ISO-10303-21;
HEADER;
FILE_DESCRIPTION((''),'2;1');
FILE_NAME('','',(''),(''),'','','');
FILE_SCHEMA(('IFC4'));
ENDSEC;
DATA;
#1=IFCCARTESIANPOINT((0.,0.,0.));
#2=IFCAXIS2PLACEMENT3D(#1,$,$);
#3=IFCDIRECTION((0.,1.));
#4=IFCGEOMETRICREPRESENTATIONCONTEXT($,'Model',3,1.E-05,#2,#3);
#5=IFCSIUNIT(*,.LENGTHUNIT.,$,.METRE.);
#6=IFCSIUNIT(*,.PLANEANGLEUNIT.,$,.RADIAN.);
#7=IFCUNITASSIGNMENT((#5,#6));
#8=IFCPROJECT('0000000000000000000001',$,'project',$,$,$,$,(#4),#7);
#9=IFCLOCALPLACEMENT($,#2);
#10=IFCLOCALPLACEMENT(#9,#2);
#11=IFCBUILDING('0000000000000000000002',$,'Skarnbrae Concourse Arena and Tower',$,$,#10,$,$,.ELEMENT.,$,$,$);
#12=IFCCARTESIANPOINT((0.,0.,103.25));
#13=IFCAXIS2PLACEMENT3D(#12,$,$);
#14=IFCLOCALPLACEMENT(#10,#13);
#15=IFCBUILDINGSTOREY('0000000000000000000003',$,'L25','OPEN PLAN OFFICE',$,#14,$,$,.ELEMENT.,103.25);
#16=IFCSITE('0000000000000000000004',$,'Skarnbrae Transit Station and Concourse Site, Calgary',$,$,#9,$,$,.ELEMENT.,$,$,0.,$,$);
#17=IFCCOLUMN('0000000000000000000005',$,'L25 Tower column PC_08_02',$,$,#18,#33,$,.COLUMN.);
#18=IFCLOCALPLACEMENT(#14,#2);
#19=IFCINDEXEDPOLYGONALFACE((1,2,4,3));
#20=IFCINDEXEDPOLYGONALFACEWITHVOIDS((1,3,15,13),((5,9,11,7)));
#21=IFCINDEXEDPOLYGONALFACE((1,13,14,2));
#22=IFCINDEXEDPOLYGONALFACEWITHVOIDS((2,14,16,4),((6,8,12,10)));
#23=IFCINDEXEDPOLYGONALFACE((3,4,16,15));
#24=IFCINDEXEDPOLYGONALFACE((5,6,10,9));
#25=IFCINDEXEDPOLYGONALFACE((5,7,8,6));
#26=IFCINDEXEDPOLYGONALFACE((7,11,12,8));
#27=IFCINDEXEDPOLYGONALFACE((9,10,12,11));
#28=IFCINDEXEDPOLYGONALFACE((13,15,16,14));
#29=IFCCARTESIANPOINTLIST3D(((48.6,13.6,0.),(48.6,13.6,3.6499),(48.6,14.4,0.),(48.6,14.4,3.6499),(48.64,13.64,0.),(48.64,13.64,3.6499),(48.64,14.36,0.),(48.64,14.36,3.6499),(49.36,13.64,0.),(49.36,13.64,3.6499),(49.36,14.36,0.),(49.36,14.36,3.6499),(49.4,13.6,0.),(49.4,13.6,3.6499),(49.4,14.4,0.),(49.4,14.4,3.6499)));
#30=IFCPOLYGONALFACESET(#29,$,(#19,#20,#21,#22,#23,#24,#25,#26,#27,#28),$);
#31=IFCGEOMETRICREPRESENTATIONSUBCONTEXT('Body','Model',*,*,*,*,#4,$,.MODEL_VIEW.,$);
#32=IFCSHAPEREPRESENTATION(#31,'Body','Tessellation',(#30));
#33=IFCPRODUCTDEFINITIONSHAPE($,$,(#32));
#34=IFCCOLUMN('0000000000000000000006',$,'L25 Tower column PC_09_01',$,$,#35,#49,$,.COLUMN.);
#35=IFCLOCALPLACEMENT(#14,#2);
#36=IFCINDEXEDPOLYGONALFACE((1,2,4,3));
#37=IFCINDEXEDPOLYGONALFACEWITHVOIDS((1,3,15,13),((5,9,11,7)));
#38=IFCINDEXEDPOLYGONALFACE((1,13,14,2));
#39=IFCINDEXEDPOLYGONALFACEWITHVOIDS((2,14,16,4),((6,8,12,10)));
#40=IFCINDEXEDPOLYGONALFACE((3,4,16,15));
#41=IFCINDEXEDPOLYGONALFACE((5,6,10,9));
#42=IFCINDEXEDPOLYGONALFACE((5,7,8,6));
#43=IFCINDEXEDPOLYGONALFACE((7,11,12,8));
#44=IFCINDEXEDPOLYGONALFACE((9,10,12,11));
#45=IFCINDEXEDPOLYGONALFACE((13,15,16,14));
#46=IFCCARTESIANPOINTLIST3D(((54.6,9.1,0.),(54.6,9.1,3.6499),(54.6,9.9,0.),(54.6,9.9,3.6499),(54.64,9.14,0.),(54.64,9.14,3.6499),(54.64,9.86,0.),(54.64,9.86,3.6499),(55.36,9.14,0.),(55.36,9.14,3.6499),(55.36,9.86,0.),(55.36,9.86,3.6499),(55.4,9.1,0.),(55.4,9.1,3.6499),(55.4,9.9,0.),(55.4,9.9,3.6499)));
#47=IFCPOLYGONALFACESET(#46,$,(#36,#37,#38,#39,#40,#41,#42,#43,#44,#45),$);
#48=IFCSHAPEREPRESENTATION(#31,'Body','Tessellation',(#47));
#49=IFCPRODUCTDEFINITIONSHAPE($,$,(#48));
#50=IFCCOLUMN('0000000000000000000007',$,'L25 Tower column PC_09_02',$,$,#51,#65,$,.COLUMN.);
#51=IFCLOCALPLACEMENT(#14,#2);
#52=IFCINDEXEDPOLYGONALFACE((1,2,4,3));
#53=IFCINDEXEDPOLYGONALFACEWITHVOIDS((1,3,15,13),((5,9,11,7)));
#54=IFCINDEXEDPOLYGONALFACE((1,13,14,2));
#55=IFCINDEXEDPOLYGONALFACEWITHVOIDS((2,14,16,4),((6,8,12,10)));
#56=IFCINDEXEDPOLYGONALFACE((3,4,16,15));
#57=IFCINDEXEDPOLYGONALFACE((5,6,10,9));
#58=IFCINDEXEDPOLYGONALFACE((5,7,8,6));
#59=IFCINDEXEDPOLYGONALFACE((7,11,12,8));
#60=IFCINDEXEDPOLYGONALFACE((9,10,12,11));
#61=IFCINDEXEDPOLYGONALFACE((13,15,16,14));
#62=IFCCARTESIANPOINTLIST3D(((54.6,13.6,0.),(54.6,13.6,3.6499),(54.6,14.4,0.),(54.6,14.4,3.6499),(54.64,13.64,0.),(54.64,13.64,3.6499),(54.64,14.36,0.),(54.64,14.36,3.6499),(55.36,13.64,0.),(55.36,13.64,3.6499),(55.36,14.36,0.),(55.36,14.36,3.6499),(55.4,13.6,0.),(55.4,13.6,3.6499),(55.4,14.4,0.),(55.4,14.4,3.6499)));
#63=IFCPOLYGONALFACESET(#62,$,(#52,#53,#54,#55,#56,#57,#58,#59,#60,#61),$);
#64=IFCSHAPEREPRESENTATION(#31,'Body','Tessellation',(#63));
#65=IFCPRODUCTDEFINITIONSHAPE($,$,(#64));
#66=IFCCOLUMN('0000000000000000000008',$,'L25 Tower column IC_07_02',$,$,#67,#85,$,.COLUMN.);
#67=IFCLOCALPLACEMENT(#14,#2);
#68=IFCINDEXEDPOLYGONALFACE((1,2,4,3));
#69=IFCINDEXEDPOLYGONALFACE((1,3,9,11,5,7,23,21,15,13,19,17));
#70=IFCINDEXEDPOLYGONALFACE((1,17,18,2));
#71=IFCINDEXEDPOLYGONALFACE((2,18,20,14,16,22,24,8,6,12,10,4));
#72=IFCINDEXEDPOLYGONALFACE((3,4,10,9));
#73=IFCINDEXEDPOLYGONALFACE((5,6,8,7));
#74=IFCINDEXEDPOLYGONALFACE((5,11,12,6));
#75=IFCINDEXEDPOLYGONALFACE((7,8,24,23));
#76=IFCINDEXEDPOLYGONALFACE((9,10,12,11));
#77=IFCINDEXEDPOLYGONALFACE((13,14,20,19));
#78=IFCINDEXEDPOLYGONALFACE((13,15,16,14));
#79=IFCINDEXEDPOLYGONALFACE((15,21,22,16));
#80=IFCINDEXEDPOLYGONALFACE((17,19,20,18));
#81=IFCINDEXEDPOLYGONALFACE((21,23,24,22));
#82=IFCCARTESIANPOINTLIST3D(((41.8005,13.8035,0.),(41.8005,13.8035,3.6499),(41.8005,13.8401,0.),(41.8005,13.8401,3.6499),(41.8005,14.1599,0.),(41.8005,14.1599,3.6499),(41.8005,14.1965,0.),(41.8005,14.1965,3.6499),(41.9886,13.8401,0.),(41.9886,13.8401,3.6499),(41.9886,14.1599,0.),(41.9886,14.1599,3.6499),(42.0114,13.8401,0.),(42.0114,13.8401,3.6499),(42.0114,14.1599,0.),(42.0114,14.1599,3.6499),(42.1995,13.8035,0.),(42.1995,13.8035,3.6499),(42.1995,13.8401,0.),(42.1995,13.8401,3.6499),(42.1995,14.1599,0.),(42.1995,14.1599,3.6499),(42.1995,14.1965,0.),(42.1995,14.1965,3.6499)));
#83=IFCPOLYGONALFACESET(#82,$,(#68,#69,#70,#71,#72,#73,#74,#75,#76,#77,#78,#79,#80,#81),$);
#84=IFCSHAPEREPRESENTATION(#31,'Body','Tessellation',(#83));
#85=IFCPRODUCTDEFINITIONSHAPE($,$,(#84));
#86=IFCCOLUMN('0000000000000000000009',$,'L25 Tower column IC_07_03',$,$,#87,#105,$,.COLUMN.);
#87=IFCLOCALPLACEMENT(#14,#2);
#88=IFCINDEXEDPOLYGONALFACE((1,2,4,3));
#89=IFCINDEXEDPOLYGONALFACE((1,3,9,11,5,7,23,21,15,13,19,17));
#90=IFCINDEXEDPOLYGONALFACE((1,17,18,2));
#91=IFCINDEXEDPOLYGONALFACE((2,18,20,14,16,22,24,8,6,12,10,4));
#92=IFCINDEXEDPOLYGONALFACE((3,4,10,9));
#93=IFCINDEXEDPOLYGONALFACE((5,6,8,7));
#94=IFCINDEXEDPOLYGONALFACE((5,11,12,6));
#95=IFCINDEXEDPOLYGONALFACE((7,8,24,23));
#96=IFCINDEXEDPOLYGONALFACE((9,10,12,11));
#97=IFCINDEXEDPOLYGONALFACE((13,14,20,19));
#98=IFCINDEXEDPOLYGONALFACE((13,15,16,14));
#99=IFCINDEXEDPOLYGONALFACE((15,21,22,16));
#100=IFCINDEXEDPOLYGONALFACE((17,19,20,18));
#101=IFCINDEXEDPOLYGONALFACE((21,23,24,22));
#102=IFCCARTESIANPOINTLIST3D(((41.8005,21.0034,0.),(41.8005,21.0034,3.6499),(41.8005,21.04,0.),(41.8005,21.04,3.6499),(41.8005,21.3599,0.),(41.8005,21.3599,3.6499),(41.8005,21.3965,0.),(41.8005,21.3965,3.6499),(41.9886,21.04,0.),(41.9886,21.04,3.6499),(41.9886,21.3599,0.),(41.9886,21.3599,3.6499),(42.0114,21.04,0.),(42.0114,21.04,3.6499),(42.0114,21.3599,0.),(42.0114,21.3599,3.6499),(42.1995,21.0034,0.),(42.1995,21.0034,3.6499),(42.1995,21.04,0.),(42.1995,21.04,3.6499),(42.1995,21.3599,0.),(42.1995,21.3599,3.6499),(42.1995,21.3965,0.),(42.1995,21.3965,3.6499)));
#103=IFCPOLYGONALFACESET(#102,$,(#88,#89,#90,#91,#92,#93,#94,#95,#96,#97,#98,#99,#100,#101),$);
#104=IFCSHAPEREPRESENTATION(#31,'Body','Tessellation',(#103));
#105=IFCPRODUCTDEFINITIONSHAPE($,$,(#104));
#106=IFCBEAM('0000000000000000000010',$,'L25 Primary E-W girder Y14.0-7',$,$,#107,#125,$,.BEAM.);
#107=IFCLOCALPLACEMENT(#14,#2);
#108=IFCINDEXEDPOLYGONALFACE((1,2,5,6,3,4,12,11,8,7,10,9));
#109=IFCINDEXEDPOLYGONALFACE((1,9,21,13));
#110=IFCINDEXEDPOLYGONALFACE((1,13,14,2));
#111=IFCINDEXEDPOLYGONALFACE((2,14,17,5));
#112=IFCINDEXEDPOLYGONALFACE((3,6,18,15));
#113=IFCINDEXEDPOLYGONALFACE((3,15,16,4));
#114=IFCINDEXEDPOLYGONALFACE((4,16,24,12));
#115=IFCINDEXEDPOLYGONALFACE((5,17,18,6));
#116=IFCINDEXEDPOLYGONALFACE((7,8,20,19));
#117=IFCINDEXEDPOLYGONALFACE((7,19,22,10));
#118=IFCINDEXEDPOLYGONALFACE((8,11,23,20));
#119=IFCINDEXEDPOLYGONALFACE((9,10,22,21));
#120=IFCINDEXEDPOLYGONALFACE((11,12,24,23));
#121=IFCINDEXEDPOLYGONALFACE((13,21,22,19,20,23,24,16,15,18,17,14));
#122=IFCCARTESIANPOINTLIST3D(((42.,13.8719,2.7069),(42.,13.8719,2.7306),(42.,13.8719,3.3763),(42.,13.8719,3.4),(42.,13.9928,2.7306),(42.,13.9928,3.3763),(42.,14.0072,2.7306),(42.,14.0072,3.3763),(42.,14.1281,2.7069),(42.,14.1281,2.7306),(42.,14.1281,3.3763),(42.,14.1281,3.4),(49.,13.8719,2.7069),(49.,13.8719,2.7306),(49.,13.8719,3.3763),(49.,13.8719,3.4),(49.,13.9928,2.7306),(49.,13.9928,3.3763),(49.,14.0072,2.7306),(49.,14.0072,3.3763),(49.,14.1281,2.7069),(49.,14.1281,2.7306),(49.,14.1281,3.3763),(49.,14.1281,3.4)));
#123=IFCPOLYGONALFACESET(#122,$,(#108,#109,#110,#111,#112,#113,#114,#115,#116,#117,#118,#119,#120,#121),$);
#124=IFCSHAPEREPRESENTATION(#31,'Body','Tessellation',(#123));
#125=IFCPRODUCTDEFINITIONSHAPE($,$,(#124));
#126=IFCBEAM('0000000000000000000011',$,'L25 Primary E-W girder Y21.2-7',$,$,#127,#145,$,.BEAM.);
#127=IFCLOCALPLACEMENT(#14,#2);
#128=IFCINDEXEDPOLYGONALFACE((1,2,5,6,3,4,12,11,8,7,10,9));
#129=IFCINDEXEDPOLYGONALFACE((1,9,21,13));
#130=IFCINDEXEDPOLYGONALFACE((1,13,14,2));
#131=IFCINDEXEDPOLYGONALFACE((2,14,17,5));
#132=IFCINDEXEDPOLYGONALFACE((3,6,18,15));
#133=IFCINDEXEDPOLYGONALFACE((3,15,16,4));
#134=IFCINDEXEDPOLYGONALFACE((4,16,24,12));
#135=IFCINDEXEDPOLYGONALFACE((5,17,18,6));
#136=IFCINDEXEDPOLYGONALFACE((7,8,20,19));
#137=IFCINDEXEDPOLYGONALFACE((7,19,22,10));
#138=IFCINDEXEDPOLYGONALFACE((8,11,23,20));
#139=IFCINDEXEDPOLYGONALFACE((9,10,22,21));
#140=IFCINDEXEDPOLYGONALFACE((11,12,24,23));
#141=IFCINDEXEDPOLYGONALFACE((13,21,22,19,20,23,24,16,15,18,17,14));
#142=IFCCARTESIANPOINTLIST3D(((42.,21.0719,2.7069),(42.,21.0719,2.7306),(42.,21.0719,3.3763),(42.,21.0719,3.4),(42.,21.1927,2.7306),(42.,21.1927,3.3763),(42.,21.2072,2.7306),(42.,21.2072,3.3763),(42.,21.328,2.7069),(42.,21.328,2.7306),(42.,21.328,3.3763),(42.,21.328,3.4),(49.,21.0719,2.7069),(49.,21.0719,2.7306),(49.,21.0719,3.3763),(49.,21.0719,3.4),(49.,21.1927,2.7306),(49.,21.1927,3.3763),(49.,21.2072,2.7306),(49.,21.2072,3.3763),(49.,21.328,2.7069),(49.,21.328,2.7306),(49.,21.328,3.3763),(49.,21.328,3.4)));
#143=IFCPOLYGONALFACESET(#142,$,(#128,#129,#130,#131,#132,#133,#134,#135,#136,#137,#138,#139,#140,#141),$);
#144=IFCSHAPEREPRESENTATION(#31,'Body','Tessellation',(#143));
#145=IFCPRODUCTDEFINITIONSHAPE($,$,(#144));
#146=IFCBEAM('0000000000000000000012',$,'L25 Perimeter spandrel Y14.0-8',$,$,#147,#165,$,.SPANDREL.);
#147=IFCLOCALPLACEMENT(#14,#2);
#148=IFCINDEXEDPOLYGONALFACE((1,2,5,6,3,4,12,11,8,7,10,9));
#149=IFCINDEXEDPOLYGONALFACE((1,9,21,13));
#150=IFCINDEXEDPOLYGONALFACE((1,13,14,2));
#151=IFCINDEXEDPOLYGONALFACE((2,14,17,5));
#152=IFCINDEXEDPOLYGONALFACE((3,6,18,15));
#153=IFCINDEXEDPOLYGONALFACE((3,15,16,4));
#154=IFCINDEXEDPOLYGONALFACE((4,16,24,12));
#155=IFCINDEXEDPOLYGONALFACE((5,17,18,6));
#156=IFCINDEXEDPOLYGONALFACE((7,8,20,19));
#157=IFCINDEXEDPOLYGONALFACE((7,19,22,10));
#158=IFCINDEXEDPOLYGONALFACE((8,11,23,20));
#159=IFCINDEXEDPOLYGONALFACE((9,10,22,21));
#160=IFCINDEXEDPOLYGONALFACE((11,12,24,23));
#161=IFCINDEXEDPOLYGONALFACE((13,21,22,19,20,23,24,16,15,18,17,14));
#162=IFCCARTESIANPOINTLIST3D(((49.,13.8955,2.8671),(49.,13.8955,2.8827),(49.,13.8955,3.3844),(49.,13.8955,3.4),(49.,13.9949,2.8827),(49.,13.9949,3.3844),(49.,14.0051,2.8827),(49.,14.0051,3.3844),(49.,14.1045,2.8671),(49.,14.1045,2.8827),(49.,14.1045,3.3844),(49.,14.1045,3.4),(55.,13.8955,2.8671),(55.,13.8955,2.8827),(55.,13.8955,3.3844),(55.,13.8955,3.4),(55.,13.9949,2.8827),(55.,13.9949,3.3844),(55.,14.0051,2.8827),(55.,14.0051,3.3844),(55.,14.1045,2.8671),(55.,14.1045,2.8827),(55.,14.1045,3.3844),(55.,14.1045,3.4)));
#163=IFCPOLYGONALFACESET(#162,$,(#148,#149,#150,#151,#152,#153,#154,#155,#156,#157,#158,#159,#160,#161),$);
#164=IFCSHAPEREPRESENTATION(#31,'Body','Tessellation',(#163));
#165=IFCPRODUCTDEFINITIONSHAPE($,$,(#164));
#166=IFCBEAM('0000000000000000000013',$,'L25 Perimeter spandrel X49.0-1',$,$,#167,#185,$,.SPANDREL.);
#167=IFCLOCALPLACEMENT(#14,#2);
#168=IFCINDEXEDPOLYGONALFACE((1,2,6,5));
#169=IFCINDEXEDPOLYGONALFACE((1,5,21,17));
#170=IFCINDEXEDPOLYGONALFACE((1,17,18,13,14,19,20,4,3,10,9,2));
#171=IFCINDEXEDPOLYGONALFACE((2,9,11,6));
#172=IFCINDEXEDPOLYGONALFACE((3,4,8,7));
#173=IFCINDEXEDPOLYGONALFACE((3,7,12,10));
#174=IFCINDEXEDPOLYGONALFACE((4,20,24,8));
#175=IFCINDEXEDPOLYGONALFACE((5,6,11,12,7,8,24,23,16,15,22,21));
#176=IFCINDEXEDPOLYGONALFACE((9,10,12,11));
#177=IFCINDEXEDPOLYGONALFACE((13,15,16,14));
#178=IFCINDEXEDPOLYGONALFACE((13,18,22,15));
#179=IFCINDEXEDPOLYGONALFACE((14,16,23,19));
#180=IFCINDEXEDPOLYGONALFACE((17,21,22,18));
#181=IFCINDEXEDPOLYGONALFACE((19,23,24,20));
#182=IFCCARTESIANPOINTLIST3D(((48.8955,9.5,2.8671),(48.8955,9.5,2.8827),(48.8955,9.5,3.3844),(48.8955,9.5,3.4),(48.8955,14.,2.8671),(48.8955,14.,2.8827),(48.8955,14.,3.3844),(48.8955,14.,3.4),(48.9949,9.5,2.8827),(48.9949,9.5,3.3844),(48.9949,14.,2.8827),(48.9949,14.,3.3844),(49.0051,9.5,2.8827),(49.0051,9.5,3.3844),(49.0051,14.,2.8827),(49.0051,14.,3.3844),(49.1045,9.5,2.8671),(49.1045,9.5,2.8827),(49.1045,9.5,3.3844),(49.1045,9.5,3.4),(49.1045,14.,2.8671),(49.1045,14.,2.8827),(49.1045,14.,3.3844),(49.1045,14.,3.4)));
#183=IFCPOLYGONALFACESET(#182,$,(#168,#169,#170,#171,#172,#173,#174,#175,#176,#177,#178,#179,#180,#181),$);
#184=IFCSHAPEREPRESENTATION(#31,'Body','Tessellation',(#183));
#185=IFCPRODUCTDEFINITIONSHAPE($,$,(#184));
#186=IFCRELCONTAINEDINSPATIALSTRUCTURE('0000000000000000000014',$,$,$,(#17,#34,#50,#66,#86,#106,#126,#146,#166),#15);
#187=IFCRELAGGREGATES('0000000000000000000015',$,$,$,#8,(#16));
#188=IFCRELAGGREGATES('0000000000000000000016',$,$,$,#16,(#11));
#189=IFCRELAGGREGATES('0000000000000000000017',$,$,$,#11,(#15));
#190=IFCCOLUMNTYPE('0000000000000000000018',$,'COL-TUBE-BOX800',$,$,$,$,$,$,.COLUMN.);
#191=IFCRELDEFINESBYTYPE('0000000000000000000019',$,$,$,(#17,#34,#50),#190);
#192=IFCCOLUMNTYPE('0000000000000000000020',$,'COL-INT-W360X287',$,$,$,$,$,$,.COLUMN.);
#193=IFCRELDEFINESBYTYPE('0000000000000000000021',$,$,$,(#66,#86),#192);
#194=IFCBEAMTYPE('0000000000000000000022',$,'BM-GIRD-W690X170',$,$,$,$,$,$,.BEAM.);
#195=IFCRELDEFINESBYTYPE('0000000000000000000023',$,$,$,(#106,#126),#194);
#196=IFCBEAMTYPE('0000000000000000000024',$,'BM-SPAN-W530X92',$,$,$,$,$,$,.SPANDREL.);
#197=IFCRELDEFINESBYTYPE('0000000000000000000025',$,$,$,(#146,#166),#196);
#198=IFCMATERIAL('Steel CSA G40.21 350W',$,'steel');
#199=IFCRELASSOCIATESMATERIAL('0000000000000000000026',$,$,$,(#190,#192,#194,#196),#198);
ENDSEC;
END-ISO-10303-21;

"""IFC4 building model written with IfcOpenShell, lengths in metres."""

from ifc_helpers import new_model, si_unit, direction, frame, origin, origin_2d, place, context, subcontext, project, spatial, hollow_rectangle, i_section, extrude, source, transform, mapped, material, material_profile, profile_set, type_object, element, save


model = new_model("IFC4")

# Units and contexts
model_context = context("Model", 3, precision=1e-05, world=origin(), true_north=direction((0.0, 1.0)))
body_context = subcontext(model_context, "Body", "Model", "MODEL_VIEW")
ifc_project = project(units=[si_unit("LENGTHUNIT", "METRE"), si_unit("PLANEANGLEUNIT", "RADIAN")], contexts=[model_context])

# Site, building, storey
site_placement = place(None, origin())
site = spatial("IfcSite", under=ifc_project, at=site_placement, Name="Skarnbrae Transit Station and Concourse Site, Calgary", CompositionType="ELEMENT", RefElevation=0.0)
building_placement = place(site_placement, origin())
building = spatial("IfcBuilding", under=site, at=building_placement, Name="Skarnbrae Concourse Arena and Tower", CompositionType="ELEMENT")
storey_placement = place(building_placement, frame((0.0, 0.0, 103.25)))
storey = spatial("IfcBuildingStorey", under=building, at=storey_placement, Name="L25", Description="OPEN PLAN OFFICE", CompositionType="ELEMENT", Elevation=103.25)

# Columns
ifc_material_1 = material(Name="Steel CSA G40.21 350W", Category="steel")
ifc_material_profile_1 = material_profile(ifc_material_1, hollow_rectangle(XDim=0.8, YDim=0.8, WallThickness=0.04, at=origin_2d()), Name="BOX800X800X40")
ifc_profile_set_1 = profile_set([ifc_material_profile_1], Name="Steel CSA G40.21 350W")
column_type_1 = type_object("IfcColumnType", Name="COL-TUBE-BOX800", PredefinedType="COLUMN", material=ifc_profile_set_1)
shared_shape_1 = source(origin(), body_context, "Body", "SweptSolid", [
    extrude(hollow_rectangle(XDim=0.8, YDim=0.8, WallThickness=0.04, at=origin_2d()), origin(), (0.0, 0.0, 1.0), 3.6499),
])
for number, where, z_axis, x_axis, name in (
    (1, (49.0, 14.0, 0.0), (0.0, 0.0, 1.0), (1.0, 0.0, 0.0), "L25 Tower column PC_08_02"),
    (2, (55.0, 9.5, 0.0), (0.0, 0.0, 1.0), (1.0, 0.0, 0.0), "L25 Tower column PC_09_01"),
    (3, (55.0, 14.0, 0.0), (0.0, 0.0, 1.0), (1.0, 0.0, 0.0), "L25 Tower column PC_09_02"),
):
    element("IfcColumn", number, at=place(storey_placement, frame(where, z_axis=z_axis, x_axis=x_axis)), inside=storey, type_object=column_type_1, Name=name, PredefinedType="COLUMN", context=body_context, shape_type="MappedRepresentation", body=[
        mapped(shared_shape_1, transform((0.0, 0.0, 0.0))),
    ])
ifc_material_profile_2 = material_profile(ifc_material_1, i_section(OverallWidth=0.3989, OverallDepth=0.3931, WebThickness=0.0227, FlangeThickness=0.0366, at=origin_2d()), Name="W360X287")
ifc_profile_set_2 = profile_set([ifc_material_profile_2], Name="Steel CSA G40.21 350W")
column_type_2 = type_object("IfcColumnType", Name="COL-INT-W360X287", PredefinedType="COLUMN", material=ifc_profile_set_2)
shared_shape_2 = source(origin(), body_context, "Body", "SweptSolid", [
    extrude(i_section(OverallWidth=0.3989, OverallDepth=0.3931, WebThickness=0.0227, FlangeThickness=0.0366, at=origin_2d()), origin(), (0.0, 0.0, 1.0), 3.6499),
])
for number, where, z_axis, x_axis, name in (
    (4, (42.0, 14.0, 0.0), (0.0, 0.0, 1.0), (1.0, 0.0, 0.0), "L25 Tower column IC_07_02"),
    (5, (42.0, 21.2, 0.0), (0.0, 0.0, 1.0), (1.0, 0.0, 0.0), "L25 Tower column IC_07_03"),
):
    element("IfcColumn", number, at=place(storey_placement, frame(where, z_axis=z_axis, x_axis=x_axis)), inside=storey, type_object=column_type_2, Name=name, PredefinedType="COLUMN", context=body_context, shape_type="MappedRepresentation", body=[
        mapped(shared_shape_2, transform((0.0, 0.0, 0.0))),
    ])

# Beams
ifc_material_profile_3 = material_profile(ifc_material_1, i_section(OverallWidth=0.2561, OverallDepth=0.6931, WebThickness=0.0144, FlangeThickness=0.0237, at=origin_2d()), Name="W690X170")
ifc_profile_set_3 = profile_set([ifc_material_profile_3], Name="Steel CSA G40.21 350W")
beam_type_1 = type_object("IfcBeamType", Name="BM-GIRD-W690X170", PredefinedType="BEAM", material=ifc_profile_set_3)
shared_shape_3 = source(origin(), body_context, "Body", "SweptSolid", [
    extrude(i_section(OverallWidth=0.2561, OverallDepth=0.6931, WebThickness=0.0144, FlangeThickness=0.0237, at=origin_2d()), origin(), (0.0, 0.0, 1.0), 7.0),
])
for number, where, z_axis, x_axis, name in (
    (6, (42.0, 14.0, 3.0535), (1.0, 0.0, 0.0), (0.0, 1.0, 0.0), "L25 Primary E-W girder Y14.0-7"),
    (7, (42.0, 21.2, 3.0535), (1.0, 0.0, 0.0), (0.0, 1.0, 0.0), "L25 Primary E-W girder Y21.2-7"),
):
    element("IfcBeam", number, at=place(storey_placement, frame(where, z_axis=z_axis, x_axis=x_axis)), inside=storey, type_object=beam_type_1, Name=name, PredefinedType="BEAM", context=body_context, shape_type="MappedRepresentation", body=[
        mapped(shared_shape_3, transform((0.0, 0.0, 0.0))),
    ])
ifc_material_profile_4 = material_profile(ifc_material_1, i_section(OverallWidth=0.209, OverallDepth=0.533, WebThickness=0.0103, FlangeThickness=0.0156, at=origin_2d()), Name="W530X92")
ifc_profile_set_4 = profile_set([ifc_material_profile_4], Name="Steel CSA G40.21 350W")
beam_type_2 = type_object("IfcBeamType", Name="BM-SPAN-W530X92", PredefinedType="SPANDREL", material=ifc_profile_set_4)
shared_shape_4 = source(origin(), body_context, "Body", "SweptSolid", [
    extrude(i_section(OverallWidth=0.209, OverallDepth=0.533, WebThickness=0.0103, FlangeThickness=0.0156, at=origin_2d()), origin(), (0.0, 0.0, 1.0), 6.0),
])
beam_1_placement = place(storey_placement, frame((49.0, 14.0, 3.1335), z_axis=(1.0, 0.0, 0.0), x_axis=(0.0, 1.0, 0.0)))
element("IfcBeam", 8, at=beam_1_placement, inside=storey, type_object=beam_type_2, Name="L25 Perimeter spandrel Y14.0-8", PredefinedType="SPANDREL", context=body_context, shape_type="MappedRepresentation", body=[
    mapped(shared_shape_4, transform((0.0, 0.0, 0.0))),
])
shared_shape_5 = source(origin(), body_context, "Body", "SweptSolid", [
    extrude(i_section(OverallWidth=0.209, OverallDepth=0.533, WebThickness=0.0103, FlangeThickness=0.0156, at=origin_2d()), origin(), (0.0, 0.0, 1.0), 4.5),
])
for number, where, z_axis, x_axis, name in (
    (9, (49.0, 9.5, 3.1335), (0.0, 1.0, 0.0), (-1.0, 0.0, 0.0), "L25 Perimeter spandrel X49.0-1"),
):
    element("IfcBeam", number, at=place(storey_placement, frame(where, z_axis=z_axis, x_axis=x_axis)), inside=storey, type_object=beam_type_2, Name=name, PredefinedType="SPANDREL", context=body_context, shape_type="MappedRepresentation", body=[
        mapped(shared_shape_5, transform((0.0, 0.0, 0.0))),
    ])

save(model, "model.ifc")
